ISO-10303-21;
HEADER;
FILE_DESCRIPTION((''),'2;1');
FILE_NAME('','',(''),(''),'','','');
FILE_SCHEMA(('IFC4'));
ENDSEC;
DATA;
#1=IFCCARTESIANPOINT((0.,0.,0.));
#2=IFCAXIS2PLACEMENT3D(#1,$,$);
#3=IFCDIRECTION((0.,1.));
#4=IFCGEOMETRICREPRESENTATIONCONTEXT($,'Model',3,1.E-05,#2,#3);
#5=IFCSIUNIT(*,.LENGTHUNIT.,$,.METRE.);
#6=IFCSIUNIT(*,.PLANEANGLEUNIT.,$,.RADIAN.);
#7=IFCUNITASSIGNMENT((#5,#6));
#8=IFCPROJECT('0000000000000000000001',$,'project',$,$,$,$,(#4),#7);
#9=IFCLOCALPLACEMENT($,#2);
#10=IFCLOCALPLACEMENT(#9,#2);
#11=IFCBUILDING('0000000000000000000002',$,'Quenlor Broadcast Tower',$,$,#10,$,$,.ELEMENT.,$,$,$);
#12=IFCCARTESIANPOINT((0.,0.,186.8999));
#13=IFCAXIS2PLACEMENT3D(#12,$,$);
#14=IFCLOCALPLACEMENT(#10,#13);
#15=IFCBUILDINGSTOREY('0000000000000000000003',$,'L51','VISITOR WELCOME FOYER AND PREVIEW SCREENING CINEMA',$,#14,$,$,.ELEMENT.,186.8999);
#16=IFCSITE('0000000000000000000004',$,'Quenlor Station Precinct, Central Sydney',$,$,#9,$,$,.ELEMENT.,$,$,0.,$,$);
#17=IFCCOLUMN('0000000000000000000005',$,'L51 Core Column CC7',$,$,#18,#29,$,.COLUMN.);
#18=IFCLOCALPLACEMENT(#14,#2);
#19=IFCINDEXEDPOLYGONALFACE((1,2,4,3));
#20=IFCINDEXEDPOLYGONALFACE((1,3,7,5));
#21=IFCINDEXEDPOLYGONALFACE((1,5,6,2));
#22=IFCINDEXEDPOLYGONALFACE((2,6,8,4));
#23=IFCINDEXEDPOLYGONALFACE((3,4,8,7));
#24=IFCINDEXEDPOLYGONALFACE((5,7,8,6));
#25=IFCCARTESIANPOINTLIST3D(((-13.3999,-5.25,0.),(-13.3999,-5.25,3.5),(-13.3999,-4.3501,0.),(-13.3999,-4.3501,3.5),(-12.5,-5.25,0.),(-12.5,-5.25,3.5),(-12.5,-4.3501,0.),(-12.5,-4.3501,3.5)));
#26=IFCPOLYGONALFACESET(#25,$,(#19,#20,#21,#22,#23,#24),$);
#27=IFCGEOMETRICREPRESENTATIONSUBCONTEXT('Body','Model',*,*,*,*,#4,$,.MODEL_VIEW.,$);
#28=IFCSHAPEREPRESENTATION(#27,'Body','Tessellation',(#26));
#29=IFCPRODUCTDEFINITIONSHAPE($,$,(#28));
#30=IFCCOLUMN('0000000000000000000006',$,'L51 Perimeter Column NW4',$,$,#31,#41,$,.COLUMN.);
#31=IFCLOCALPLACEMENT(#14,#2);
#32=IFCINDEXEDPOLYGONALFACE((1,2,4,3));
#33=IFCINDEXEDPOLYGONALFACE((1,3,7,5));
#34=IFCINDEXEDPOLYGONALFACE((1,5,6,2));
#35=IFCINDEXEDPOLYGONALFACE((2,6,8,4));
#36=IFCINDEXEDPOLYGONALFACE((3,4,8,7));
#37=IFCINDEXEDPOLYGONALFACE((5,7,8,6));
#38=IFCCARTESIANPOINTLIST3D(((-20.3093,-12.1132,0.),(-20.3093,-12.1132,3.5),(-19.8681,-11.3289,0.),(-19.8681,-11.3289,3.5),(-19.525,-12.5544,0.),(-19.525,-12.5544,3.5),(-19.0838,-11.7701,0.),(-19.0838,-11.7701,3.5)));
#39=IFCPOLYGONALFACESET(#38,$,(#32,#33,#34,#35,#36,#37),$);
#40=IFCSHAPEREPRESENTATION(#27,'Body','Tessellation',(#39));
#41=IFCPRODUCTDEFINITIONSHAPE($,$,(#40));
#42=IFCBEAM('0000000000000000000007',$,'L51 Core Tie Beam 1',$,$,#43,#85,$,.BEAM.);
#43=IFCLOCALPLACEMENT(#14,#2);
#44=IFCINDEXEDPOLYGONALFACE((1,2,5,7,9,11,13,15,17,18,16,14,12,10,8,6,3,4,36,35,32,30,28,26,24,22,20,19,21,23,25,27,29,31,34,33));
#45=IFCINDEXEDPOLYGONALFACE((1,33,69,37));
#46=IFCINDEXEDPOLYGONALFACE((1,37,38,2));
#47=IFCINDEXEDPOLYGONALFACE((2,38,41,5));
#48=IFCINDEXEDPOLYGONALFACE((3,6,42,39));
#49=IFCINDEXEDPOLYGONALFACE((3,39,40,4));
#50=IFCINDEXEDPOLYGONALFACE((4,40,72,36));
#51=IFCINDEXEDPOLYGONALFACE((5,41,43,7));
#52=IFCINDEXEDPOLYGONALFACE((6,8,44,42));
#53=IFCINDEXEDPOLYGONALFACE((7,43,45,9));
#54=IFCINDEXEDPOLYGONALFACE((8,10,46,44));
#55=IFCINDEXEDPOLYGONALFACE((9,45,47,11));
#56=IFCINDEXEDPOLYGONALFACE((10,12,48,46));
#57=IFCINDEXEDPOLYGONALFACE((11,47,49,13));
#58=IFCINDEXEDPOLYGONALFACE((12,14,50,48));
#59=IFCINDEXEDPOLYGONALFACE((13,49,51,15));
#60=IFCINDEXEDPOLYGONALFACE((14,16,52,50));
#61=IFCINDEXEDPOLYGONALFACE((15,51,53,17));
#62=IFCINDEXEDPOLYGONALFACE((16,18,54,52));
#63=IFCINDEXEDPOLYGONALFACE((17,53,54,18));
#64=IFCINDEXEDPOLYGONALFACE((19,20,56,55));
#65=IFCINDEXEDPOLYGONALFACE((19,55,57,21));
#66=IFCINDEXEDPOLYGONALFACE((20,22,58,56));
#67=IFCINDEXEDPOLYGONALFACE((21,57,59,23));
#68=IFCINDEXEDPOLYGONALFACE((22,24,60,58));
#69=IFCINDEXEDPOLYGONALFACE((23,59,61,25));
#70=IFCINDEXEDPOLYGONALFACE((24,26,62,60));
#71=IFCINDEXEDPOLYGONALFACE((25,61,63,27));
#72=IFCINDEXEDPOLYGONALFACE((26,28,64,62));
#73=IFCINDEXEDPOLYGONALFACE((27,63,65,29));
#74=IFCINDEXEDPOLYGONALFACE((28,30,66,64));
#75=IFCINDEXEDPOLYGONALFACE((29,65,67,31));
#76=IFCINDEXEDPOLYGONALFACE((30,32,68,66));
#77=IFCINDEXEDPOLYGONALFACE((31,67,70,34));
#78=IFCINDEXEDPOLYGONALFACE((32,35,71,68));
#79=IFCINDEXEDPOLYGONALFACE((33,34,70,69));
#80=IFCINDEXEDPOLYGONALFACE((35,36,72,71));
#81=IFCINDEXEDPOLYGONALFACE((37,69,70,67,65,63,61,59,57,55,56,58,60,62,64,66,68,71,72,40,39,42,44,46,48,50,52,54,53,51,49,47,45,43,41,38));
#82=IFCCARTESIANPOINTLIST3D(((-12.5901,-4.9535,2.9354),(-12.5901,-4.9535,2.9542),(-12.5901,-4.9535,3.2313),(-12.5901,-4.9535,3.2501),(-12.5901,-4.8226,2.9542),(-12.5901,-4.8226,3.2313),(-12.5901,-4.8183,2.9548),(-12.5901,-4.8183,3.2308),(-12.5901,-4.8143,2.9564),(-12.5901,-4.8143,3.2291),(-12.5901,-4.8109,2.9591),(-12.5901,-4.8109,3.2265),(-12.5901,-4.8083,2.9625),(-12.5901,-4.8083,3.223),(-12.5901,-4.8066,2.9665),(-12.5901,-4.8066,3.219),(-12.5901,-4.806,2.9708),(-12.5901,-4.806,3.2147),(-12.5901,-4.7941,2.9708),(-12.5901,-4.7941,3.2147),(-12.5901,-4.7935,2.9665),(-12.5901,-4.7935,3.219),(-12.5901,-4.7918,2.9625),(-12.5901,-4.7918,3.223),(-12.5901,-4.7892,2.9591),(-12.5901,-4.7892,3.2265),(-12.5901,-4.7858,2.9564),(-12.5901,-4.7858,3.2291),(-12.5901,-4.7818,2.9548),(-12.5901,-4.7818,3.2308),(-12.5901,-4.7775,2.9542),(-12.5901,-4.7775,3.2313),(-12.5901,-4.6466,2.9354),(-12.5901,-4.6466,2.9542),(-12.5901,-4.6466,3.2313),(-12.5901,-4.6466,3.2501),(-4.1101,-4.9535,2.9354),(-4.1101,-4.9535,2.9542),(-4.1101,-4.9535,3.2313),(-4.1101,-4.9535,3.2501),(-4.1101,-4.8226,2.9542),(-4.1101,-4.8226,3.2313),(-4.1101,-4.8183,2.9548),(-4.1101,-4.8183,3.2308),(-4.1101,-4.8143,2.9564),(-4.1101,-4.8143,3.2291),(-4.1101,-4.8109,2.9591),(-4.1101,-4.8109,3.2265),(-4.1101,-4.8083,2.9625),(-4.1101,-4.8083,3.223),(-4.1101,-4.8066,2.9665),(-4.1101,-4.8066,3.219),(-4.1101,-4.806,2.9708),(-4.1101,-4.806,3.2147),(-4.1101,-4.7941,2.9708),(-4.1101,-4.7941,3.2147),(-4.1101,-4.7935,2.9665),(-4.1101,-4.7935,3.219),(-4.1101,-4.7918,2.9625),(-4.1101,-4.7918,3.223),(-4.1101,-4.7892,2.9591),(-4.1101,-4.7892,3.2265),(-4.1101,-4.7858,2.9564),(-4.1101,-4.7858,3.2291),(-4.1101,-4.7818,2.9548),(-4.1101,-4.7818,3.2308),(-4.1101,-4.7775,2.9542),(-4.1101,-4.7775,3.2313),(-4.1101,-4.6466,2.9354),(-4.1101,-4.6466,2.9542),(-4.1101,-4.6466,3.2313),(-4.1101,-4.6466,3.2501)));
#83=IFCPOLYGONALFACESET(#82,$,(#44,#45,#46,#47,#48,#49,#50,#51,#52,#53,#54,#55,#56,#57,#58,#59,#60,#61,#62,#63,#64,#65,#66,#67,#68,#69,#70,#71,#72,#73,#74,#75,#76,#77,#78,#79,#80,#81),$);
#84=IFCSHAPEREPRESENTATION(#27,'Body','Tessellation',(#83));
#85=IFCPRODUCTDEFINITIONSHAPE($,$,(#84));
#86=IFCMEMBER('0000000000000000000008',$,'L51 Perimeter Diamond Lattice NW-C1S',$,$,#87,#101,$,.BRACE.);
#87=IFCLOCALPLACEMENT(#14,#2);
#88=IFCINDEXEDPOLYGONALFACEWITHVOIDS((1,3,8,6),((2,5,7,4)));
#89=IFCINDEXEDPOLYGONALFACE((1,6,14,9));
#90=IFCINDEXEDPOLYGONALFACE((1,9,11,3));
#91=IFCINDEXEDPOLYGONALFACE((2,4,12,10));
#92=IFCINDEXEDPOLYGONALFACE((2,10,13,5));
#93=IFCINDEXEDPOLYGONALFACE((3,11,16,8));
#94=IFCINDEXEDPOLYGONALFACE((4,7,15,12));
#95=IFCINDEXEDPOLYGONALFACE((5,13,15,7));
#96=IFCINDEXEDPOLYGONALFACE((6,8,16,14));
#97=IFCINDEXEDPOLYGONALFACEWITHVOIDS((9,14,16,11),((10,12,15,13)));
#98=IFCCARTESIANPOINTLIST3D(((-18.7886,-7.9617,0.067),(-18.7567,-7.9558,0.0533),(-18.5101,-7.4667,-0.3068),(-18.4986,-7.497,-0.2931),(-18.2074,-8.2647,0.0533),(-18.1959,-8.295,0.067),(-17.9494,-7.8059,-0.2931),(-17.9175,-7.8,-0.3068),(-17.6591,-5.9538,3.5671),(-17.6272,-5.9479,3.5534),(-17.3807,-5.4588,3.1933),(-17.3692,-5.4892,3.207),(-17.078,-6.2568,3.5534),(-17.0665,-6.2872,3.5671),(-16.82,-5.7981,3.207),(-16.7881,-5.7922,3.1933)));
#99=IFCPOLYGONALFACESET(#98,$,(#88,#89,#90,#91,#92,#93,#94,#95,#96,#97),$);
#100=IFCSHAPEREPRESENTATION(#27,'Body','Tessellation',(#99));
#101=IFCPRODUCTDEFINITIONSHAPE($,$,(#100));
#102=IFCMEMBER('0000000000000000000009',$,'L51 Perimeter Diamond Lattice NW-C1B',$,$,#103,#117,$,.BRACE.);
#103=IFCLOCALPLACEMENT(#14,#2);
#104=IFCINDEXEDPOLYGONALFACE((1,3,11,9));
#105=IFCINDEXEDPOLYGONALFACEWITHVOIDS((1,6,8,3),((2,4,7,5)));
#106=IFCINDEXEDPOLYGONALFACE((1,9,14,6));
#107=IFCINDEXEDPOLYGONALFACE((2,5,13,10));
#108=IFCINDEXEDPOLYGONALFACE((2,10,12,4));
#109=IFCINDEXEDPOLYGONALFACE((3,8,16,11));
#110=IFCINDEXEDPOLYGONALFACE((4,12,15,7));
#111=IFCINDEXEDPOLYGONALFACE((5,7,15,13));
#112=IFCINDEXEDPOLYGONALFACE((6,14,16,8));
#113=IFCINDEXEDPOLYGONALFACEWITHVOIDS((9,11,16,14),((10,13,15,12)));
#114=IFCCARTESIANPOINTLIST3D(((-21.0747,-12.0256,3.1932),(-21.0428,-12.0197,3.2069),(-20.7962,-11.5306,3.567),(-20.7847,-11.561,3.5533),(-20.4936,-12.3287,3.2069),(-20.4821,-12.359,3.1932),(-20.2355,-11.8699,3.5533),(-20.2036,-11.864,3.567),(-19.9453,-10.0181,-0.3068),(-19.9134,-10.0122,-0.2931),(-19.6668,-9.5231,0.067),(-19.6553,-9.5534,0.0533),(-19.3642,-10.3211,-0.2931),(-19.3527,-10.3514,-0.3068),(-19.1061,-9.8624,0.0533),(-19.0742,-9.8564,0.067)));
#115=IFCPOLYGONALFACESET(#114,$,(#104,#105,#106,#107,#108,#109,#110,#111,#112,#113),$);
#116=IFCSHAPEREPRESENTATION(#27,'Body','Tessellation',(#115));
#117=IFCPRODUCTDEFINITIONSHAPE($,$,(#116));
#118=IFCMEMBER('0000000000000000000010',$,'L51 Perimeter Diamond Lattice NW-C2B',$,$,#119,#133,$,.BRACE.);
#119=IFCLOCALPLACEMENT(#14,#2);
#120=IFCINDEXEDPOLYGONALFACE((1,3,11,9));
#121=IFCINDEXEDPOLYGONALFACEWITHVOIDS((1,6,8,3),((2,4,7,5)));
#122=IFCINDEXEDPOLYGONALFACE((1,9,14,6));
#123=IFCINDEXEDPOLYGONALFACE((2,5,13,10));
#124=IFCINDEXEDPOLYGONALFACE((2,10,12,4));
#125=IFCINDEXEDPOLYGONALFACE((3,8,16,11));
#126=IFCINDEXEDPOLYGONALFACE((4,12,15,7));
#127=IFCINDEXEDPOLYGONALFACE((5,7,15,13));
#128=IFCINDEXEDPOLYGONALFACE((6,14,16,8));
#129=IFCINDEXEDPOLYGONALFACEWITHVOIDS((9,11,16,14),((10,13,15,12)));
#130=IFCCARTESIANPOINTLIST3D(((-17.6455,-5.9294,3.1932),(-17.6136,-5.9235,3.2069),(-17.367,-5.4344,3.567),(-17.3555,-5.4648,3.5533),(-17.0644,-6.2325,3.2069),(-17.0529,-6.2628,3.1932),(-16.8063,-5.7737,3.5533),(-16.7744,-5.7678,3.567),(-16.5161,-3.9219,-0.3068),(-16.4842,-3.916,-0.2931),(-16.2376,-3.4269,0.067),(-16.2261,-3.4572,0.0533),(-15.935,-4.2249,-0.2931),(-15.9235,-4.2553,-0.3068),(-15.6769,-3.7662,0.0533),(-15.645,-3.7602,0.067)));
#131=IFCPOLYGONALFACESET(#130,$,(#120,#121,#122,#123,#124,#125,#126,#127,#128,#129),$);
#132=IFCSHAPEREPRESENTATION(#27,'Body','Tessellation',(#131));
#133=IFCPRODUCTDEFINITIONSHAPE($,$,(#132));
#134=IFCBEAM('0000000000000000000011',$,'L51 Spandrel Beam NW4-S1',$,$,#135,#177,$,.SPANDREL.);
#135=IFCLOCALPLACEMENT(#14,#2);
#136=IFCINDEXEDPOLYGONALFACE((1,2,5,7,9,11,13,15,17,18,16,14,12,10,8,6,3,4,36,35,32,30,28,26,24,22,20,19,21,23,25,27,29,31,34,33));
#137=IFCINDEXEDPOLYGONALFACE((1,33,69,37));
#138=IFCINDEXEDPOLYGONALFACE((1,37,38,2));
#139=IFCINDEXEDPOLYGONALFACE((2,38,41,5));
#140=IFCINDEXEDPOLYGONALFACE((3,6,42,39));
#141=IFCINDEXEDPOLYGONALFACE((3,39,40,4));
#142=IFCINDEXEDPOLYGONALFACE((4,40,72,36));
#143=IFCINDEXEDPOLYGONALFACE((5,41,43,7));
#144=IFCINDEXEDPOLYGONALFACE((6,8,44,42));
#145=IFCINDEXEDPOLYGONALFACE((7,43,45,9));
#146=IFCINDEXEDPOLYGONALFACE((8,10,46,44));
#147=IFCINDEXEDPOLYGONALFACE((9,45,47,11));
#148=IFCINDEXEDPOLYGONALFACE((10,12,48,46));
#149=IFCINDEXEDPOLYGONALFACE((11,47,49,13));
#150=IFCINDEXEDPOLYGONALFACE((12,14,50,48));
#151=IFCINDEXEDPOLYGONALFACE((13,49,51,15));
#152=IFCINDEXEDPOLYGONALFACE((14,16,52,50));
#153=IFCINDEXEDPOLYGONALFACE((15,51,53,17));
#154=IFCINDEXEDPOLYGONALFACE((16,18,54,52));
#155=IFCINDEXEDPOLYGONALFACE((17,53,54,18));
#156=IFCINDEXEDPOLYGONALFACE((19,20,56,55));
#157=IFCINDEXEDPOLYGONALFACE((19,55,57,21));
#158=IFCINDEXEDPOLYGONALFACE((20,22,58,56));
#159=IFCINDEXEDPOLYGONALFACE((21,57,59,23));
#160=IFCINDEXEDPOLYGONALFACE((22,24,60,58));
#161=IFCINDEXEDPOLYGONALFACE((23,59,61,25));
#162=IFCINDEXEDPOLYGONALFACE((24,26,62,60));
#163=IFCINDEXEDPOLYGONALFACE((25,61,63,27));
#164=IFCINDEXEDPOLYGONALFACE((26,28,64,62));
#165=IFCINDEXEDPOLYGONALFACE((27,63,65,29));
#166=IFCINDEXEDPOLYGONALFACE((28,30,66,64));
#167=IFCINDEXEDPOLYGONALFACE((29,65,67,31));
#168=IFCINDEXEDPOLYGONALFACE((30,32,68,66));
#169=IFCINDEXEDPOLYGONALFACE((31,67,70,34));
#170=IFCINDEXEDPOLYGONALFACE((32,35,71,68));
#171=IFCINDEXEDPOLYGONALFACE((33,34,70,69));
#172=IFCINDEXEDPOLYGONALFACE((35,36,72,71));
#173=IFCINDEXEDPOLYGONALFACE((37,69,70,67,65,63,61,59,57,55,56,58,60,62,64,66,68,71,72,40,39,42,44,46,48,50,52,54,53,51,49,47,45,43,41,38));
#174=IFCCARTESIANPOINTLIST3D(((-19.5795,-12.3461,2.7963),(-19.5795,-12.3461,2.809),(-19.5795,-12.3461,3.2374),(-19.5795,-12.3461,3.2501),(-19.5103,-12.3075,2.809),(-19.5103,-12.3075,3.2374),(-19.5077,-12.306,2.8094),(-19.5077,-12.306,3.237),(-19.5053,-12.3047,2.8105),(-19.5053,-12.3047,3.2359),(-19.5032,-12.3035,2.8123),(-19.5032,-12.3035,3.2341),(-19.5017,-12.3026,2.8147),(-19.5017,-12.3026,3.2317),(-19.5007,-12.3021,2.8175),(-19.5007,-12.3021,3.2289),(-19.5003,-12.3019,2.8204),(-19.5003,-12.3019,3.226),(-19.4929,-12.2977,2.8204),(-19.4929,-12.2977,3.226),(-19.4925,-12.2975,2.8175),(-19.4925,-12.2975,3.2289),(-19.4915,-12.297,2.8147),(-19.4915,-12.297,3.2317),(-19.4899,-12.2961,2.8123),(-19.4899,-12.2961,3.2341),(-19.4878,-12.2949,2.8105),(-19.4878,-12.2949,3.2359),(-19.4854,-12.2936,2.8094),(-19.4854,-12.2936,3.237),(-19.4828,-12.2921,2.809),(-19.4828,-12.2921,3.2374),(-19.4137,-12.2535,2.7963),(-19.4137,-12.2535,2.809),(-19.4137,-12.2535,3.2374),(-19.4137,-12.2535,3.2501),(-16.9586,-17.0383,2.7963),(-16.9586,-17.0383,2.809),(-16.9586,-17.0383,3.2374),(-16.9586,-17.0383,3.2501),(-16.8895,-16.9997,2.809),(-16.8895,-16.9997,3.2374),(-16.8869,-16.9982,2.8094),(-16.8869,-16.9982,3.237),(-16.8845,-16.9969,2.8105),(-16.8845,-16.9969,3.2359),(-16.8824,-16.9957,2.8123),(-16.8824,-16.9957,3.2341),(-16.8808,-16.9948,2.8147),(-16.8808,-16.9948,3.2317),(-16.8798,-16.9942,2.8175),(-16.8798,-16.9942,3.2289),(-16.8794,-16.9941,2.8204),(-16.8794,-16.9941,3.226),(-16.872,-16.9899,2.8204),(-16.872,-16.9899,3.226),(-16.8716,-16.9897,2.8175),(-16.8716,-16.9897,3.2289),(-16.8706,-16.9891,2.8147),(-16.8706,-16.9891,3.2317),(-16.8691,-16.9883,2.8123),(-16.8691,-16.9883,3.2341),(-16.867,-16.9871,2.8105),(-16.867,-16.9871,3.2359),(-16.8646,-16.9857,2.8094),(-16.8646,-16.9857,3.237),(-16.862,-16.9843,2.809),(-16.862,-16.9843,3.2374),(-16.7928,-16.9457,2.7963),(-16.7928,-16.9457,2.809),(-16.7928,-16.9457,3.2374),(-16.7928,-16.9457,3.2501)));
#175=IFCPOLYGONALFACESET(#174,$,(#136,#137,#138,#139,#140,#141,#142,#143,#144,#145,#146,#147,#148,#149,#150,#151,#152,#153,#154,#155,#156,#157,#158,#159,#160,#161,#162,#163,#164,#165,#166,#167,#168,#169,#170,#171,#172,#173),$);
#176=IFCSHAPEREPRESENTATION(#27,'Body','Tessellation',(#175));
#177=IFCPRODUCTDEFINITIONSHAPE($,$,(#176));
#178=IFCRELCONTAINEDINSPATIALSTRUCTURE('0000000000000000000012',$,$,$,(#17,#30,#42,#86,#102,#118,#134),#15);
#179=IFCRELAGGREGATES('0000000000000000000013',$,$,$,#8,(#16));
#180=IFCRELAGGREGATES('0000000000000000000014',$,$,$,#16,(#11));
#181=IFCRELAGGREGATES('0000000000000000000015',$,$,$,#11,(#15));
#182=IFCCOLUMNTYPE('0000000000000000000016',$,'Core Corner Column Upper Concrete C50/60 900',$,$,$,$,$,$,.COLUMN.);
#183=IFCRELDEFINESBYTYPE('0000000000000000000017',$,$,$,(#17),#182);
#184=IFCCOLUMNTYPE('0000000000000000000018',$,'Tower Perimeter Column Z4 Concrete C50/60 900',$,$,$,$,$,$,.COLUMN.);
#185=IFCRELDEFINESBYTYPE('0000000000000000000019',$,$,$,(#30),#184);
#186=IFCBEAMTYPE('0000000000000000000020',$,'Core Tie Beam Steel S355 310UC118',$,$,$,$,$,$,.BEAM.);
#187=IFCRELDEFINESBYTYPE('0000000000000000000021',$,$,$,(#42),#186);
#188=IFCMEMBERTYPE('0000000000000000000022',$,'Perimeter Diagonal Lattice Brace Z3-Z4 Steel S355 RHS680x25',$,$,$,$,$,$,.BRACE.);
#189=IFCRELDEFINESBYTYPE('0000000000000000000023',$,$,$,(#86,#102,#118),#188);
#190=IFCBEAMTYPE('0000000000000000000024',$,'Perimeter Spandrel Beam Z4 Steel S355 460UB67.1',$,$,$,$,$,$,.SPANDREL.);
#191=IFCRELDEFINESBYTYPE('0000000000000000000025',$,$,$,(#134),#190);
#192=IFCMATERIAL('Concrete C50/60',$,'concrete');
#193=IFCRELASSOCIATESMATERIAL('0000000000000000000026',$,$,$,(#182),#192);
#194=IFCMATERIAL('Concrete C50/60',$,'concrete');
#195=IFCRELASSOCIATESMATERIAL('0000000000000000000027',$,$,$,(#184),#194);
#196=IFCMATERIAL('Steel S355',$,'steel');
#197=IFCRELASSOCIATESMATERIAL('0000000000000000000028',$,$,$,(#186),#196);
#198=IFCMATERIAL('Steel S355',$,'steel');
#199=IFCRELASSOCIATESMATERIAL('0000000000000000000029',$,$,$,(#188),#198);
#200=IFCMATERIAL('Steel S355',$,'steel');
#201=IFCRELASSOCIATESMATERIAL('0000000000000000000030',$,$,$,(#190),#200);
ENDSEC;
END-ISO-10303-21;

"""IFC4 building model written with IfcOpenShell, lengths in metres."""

from ifc_helpers import new_model, si_unit, direction, frame, origin, origin_2d, place, context, subcontext, project, spatial, rectangle, hollow_rectangle, i_section, extrude, material, material_profile, profile_set, type_object, element, save


model = new_model("IFC4")

# Units and contexts
model_context = context("Model", 3, precision=1e-05, world=origin(), true_north=direction((0.0, 1.0)))
body_context = subcontext(model_context, "Body", "Model", "MODEL_VIEW")
ifc_project = project(units=[si_unit("LENGTHUNIT", "METRE"), si_unit("PLANEANGLEUNIT", "RADIAN")], contexts=[model_context])

# Site, building, storey
site_placement = place(None, origin())
site = spatial("IfcSite", under=ifc_project, at=site_placement, Name="Quenlor Station Precinct, Central Sydney", CompositionType="ELEMENT", RefElevation=0.0)
building_placement = place(site_placement, origin())
building = spatial("IfcBuilding", under=site, at=building_placement, Name="Quenlor Broadcast Tower", CompositionType="ELEMENT")
storey_placement = place(building_placement, frame((0.0, 0.0, 186.8999)))
storey = spatial("IfcBuildingStorey", under=building, at=storey_placement, Name="L51", Description="VISITOR WELCOME FOYER AND PREVIEW SCREENING CINEMA", CompositionType="ELEMENT", Elevation=186.8999)

# Columns
ifc_material_1 = material(Name="Concrete C50/60", Category="concrete")
ifc_material_profile_1 = material_profile(ifc_material_1, rectangle(XDim=0.8999, YDim=0.8999, at=origin_2d()))
ifc_profile_set_1 = profile_set([ifc_material_profile_1], Name="Concrete C50/60 RC900x900")
column_type_1 = type_object("IfcColumnType", Name="Core Corner Column Upper Concrete C50/60 900", PredefinedType="COLUMN", material=ifc_profile_set_1)
column_1_placement = place(storey_placement, frame((-12.95, -4.8, 0.0), z_axis=(0.0, 0.0, 1.0), x_axis=(1.0, 0.0, 0.0)))
element("IfcColumn", 1, at=column_1_placement, inside=storey, type_object=column_type_1, Name="L51 Core Column CC7", PredefinedType="COLUMN", context=body_context, shape_type="SweptSolid", body=[
    extrude(rectangle(XDim=0.8999, YDim=0.8999, at=origin_2d()), origin(), (0.0, 0.0, 1.0), 3.5),
])
ifc_material_2 = material(Name="Concrete C50/60", Category="concrete")
ifc_material_profile_2 = material_profile(ifc_material_2, rectangle(XDim=0.8999, YDim=0.8999, at=origin_2d()))
ifc_profile_set_2 = profile_set([ifc_material_profile_2], Name="Concrete C50/60 RC900x900")
column_type_2 = type_object("IfcColumnType", Name="Tower Perimeter Column Z4 Concrete C50/60 900", PredefinedType="COLUMN", material=ifc_profile_set_2)
column_2_placement = place(storey_placement, frame((-19.6965, -11.9417, 0.0), z_axis=(0.0, 0.0, 1.0), x_axis=(-0.871575, 0.490262, 0.0)))
element("IfcColumn", 2, at=column_2_placement, inside=storey, type_object=column_type_2, Name="L51 Perimeter Column NW4", PredefinedType="COLUMN", context=body_context, shape_type="SweptSolid", body=[
    extrude(rectangle(XDim=0.8999, YDim=0.8999, at=origin_2d()), origin(), (0.0, 0.0, 1.0), 3.5),
])

# Beam
ifc_material_3 = material(Name="Steel S355", Category="steel")
ifc_material_profile_3 = material_profile(ifc_material_3, i_section(OverallWidth=0.3069, OverallDepth=0.3147, WebThickness=0.012, FlangeThickness=0.0188, FilletRadius=0.0166, at=origin_2d()))
ifc_profile_set_3 = profile_set([ifc_material_profile_3], Name="Steel S355 310UC118")
beam_type_1 = type_object("IfcBeamType", Name="Core Tie Beam Steel S355 310UC118", PredefinedType="BEAM", material=ifc_profile_set_3)
beam_1_placement = place(storey_placement, frame((-12.5901, -4.8, 3.0928), z_axis=(1.0, 0.0, 0.0), x_axis=(0.0, 1.0, 0.0)))
element("IfcBeam", 3, at=beam_1_placement, inside=storey, type_object=beam_type_1, Name="L51 Core Tie Beam 1", PredefinedType="BEAM", context=body_context, shape_type="SweptSolid", body=[
    extrude(i_section(OverallWidth=0.3069, OverallDepth=0.3147, WebThickness=0.012, FlangeThickness=0.0188, FilletRadius=0.0166, at=origin_2d()), origin(), (0.0, 0.0, 1.0), 8.48),
])

# Members
ifc_material_4 = material(Name="Steel S355", Category="steel")
ifc_material_profile_4 = material_profile(ifc_material_4, hollow_rectangle(XDim=0.6799, YDim=0.6799, WallThickness=0.0249, at=origin_2d()))
ifc_profile_set_4 = profile_set([ifc_material_profile_4], Name="Steel S355 RHS680x680x25")
member_type = type_object("IfcMemberType", Name="Perimeter Diagonal Lattice Brace Z3-Z4 Steel S355 RHS680x25", PredefinedType="BRACE", material=ifc_profile_set_4)
member_placement = place(storey_placement, frame((-18.353, -7.8809, -0.1199), z_axis=(0.26954, 0.479181, 0.835305), x_axis=(-0.871576, 0.490261, 0.0)))
element("IfcMember", 4, at=member_placement, inside=storey, type_object=member_type, Name="L51 Perimeter Diamond Lattice NW-C1S", PredefinedType="BRACE", context=body_context, shape_type="SweptSolid", body=[
    extrude(hollow_rectangle(XDim=0.6799, YDim=0.6799, WallThickness=0.0249, at=origin_2d()), origin(), (0.0, 0.0, 1.0), 4.1902),
])
for number, where, z_axis, x_axis, name in (
    (5, (-19.5098, -9.9373, -0.1199), (-0.269547, -0.479136, 0.835328), (0.87155, -0.490307, 0.0), "L51 Perimeter Diamond Lattice NW-C1B"),
    (6, (-16.0806, -3.8411, -0.1199), (-0.269547, -0.479136, 0.835328), (0.87155, -0.490307, 0.0), "L51 Perimeter Diamond Lattice NW-C2B"),
):
    element("IfcMember", number, at=place(storey_placement, frame(where, z_axis=z_axis, x_axis=x_axis)), inside=storey, type_object=member_type, Name=name, PredefinedType="BRACE", context=body_context, shape_type="SweptSolid", body=[
        extrude(hollow_rectangle(XDim=0.6799, YDim=0.6799, WallThickness=0.0249, at=origin_2d()), origin(), (0.0, 0.0, 1.0), 4.1899),
    ])

# Beam
ifc_material_5 = material(Name="Steel S355", Category="steel")
ifc_material_profile_5 = material_profile(ifc_material_5, i_section(OverallWidth=0.1899, OverallDepth=0.4539, WebThickness=0.0085, FlangeThickness=0.0127, FilletRadius=0.0115, at=origin_2d()))
ifc_profile_set_5 = profile_set([ifc_material_profile_5], Name="Steel S355 460UB67.1")
beam_type_2 = type_object("IfcBeamType", Name="Perimeter Spandrel Beam Z4 Steel S355 460UB67.1", PredefinedType="SPANDREL", material=ifc_profile_set_5)
beam_2_placement = place(storey_placement, frame((-19.4966, -12.2998, 3.0232), z_axis=(0.487647, -0.873041, 0.0), x_axis=(0.873041, 0.487647, 0.0)))
element("IfcBeam", 7, at=beam_2_placement, inside=storey, type_object=beam_type_2, Name="L51 Spandrel Beam NW4-S1", PredefinedType="SPANDREL", context=body_context, shape_type="SweptSolid", body=[
    extrude(i_section(OverallWidth=0.1899, OverallDepth=0.4539, WebThickness=0.0085, FlangeThickness=0.0127, FilletRadius=0.0115, at=origin_2d()), origin(), (0.0, 0.0, 1.0), 5.3745),
])

save(model, "model.ifc")
